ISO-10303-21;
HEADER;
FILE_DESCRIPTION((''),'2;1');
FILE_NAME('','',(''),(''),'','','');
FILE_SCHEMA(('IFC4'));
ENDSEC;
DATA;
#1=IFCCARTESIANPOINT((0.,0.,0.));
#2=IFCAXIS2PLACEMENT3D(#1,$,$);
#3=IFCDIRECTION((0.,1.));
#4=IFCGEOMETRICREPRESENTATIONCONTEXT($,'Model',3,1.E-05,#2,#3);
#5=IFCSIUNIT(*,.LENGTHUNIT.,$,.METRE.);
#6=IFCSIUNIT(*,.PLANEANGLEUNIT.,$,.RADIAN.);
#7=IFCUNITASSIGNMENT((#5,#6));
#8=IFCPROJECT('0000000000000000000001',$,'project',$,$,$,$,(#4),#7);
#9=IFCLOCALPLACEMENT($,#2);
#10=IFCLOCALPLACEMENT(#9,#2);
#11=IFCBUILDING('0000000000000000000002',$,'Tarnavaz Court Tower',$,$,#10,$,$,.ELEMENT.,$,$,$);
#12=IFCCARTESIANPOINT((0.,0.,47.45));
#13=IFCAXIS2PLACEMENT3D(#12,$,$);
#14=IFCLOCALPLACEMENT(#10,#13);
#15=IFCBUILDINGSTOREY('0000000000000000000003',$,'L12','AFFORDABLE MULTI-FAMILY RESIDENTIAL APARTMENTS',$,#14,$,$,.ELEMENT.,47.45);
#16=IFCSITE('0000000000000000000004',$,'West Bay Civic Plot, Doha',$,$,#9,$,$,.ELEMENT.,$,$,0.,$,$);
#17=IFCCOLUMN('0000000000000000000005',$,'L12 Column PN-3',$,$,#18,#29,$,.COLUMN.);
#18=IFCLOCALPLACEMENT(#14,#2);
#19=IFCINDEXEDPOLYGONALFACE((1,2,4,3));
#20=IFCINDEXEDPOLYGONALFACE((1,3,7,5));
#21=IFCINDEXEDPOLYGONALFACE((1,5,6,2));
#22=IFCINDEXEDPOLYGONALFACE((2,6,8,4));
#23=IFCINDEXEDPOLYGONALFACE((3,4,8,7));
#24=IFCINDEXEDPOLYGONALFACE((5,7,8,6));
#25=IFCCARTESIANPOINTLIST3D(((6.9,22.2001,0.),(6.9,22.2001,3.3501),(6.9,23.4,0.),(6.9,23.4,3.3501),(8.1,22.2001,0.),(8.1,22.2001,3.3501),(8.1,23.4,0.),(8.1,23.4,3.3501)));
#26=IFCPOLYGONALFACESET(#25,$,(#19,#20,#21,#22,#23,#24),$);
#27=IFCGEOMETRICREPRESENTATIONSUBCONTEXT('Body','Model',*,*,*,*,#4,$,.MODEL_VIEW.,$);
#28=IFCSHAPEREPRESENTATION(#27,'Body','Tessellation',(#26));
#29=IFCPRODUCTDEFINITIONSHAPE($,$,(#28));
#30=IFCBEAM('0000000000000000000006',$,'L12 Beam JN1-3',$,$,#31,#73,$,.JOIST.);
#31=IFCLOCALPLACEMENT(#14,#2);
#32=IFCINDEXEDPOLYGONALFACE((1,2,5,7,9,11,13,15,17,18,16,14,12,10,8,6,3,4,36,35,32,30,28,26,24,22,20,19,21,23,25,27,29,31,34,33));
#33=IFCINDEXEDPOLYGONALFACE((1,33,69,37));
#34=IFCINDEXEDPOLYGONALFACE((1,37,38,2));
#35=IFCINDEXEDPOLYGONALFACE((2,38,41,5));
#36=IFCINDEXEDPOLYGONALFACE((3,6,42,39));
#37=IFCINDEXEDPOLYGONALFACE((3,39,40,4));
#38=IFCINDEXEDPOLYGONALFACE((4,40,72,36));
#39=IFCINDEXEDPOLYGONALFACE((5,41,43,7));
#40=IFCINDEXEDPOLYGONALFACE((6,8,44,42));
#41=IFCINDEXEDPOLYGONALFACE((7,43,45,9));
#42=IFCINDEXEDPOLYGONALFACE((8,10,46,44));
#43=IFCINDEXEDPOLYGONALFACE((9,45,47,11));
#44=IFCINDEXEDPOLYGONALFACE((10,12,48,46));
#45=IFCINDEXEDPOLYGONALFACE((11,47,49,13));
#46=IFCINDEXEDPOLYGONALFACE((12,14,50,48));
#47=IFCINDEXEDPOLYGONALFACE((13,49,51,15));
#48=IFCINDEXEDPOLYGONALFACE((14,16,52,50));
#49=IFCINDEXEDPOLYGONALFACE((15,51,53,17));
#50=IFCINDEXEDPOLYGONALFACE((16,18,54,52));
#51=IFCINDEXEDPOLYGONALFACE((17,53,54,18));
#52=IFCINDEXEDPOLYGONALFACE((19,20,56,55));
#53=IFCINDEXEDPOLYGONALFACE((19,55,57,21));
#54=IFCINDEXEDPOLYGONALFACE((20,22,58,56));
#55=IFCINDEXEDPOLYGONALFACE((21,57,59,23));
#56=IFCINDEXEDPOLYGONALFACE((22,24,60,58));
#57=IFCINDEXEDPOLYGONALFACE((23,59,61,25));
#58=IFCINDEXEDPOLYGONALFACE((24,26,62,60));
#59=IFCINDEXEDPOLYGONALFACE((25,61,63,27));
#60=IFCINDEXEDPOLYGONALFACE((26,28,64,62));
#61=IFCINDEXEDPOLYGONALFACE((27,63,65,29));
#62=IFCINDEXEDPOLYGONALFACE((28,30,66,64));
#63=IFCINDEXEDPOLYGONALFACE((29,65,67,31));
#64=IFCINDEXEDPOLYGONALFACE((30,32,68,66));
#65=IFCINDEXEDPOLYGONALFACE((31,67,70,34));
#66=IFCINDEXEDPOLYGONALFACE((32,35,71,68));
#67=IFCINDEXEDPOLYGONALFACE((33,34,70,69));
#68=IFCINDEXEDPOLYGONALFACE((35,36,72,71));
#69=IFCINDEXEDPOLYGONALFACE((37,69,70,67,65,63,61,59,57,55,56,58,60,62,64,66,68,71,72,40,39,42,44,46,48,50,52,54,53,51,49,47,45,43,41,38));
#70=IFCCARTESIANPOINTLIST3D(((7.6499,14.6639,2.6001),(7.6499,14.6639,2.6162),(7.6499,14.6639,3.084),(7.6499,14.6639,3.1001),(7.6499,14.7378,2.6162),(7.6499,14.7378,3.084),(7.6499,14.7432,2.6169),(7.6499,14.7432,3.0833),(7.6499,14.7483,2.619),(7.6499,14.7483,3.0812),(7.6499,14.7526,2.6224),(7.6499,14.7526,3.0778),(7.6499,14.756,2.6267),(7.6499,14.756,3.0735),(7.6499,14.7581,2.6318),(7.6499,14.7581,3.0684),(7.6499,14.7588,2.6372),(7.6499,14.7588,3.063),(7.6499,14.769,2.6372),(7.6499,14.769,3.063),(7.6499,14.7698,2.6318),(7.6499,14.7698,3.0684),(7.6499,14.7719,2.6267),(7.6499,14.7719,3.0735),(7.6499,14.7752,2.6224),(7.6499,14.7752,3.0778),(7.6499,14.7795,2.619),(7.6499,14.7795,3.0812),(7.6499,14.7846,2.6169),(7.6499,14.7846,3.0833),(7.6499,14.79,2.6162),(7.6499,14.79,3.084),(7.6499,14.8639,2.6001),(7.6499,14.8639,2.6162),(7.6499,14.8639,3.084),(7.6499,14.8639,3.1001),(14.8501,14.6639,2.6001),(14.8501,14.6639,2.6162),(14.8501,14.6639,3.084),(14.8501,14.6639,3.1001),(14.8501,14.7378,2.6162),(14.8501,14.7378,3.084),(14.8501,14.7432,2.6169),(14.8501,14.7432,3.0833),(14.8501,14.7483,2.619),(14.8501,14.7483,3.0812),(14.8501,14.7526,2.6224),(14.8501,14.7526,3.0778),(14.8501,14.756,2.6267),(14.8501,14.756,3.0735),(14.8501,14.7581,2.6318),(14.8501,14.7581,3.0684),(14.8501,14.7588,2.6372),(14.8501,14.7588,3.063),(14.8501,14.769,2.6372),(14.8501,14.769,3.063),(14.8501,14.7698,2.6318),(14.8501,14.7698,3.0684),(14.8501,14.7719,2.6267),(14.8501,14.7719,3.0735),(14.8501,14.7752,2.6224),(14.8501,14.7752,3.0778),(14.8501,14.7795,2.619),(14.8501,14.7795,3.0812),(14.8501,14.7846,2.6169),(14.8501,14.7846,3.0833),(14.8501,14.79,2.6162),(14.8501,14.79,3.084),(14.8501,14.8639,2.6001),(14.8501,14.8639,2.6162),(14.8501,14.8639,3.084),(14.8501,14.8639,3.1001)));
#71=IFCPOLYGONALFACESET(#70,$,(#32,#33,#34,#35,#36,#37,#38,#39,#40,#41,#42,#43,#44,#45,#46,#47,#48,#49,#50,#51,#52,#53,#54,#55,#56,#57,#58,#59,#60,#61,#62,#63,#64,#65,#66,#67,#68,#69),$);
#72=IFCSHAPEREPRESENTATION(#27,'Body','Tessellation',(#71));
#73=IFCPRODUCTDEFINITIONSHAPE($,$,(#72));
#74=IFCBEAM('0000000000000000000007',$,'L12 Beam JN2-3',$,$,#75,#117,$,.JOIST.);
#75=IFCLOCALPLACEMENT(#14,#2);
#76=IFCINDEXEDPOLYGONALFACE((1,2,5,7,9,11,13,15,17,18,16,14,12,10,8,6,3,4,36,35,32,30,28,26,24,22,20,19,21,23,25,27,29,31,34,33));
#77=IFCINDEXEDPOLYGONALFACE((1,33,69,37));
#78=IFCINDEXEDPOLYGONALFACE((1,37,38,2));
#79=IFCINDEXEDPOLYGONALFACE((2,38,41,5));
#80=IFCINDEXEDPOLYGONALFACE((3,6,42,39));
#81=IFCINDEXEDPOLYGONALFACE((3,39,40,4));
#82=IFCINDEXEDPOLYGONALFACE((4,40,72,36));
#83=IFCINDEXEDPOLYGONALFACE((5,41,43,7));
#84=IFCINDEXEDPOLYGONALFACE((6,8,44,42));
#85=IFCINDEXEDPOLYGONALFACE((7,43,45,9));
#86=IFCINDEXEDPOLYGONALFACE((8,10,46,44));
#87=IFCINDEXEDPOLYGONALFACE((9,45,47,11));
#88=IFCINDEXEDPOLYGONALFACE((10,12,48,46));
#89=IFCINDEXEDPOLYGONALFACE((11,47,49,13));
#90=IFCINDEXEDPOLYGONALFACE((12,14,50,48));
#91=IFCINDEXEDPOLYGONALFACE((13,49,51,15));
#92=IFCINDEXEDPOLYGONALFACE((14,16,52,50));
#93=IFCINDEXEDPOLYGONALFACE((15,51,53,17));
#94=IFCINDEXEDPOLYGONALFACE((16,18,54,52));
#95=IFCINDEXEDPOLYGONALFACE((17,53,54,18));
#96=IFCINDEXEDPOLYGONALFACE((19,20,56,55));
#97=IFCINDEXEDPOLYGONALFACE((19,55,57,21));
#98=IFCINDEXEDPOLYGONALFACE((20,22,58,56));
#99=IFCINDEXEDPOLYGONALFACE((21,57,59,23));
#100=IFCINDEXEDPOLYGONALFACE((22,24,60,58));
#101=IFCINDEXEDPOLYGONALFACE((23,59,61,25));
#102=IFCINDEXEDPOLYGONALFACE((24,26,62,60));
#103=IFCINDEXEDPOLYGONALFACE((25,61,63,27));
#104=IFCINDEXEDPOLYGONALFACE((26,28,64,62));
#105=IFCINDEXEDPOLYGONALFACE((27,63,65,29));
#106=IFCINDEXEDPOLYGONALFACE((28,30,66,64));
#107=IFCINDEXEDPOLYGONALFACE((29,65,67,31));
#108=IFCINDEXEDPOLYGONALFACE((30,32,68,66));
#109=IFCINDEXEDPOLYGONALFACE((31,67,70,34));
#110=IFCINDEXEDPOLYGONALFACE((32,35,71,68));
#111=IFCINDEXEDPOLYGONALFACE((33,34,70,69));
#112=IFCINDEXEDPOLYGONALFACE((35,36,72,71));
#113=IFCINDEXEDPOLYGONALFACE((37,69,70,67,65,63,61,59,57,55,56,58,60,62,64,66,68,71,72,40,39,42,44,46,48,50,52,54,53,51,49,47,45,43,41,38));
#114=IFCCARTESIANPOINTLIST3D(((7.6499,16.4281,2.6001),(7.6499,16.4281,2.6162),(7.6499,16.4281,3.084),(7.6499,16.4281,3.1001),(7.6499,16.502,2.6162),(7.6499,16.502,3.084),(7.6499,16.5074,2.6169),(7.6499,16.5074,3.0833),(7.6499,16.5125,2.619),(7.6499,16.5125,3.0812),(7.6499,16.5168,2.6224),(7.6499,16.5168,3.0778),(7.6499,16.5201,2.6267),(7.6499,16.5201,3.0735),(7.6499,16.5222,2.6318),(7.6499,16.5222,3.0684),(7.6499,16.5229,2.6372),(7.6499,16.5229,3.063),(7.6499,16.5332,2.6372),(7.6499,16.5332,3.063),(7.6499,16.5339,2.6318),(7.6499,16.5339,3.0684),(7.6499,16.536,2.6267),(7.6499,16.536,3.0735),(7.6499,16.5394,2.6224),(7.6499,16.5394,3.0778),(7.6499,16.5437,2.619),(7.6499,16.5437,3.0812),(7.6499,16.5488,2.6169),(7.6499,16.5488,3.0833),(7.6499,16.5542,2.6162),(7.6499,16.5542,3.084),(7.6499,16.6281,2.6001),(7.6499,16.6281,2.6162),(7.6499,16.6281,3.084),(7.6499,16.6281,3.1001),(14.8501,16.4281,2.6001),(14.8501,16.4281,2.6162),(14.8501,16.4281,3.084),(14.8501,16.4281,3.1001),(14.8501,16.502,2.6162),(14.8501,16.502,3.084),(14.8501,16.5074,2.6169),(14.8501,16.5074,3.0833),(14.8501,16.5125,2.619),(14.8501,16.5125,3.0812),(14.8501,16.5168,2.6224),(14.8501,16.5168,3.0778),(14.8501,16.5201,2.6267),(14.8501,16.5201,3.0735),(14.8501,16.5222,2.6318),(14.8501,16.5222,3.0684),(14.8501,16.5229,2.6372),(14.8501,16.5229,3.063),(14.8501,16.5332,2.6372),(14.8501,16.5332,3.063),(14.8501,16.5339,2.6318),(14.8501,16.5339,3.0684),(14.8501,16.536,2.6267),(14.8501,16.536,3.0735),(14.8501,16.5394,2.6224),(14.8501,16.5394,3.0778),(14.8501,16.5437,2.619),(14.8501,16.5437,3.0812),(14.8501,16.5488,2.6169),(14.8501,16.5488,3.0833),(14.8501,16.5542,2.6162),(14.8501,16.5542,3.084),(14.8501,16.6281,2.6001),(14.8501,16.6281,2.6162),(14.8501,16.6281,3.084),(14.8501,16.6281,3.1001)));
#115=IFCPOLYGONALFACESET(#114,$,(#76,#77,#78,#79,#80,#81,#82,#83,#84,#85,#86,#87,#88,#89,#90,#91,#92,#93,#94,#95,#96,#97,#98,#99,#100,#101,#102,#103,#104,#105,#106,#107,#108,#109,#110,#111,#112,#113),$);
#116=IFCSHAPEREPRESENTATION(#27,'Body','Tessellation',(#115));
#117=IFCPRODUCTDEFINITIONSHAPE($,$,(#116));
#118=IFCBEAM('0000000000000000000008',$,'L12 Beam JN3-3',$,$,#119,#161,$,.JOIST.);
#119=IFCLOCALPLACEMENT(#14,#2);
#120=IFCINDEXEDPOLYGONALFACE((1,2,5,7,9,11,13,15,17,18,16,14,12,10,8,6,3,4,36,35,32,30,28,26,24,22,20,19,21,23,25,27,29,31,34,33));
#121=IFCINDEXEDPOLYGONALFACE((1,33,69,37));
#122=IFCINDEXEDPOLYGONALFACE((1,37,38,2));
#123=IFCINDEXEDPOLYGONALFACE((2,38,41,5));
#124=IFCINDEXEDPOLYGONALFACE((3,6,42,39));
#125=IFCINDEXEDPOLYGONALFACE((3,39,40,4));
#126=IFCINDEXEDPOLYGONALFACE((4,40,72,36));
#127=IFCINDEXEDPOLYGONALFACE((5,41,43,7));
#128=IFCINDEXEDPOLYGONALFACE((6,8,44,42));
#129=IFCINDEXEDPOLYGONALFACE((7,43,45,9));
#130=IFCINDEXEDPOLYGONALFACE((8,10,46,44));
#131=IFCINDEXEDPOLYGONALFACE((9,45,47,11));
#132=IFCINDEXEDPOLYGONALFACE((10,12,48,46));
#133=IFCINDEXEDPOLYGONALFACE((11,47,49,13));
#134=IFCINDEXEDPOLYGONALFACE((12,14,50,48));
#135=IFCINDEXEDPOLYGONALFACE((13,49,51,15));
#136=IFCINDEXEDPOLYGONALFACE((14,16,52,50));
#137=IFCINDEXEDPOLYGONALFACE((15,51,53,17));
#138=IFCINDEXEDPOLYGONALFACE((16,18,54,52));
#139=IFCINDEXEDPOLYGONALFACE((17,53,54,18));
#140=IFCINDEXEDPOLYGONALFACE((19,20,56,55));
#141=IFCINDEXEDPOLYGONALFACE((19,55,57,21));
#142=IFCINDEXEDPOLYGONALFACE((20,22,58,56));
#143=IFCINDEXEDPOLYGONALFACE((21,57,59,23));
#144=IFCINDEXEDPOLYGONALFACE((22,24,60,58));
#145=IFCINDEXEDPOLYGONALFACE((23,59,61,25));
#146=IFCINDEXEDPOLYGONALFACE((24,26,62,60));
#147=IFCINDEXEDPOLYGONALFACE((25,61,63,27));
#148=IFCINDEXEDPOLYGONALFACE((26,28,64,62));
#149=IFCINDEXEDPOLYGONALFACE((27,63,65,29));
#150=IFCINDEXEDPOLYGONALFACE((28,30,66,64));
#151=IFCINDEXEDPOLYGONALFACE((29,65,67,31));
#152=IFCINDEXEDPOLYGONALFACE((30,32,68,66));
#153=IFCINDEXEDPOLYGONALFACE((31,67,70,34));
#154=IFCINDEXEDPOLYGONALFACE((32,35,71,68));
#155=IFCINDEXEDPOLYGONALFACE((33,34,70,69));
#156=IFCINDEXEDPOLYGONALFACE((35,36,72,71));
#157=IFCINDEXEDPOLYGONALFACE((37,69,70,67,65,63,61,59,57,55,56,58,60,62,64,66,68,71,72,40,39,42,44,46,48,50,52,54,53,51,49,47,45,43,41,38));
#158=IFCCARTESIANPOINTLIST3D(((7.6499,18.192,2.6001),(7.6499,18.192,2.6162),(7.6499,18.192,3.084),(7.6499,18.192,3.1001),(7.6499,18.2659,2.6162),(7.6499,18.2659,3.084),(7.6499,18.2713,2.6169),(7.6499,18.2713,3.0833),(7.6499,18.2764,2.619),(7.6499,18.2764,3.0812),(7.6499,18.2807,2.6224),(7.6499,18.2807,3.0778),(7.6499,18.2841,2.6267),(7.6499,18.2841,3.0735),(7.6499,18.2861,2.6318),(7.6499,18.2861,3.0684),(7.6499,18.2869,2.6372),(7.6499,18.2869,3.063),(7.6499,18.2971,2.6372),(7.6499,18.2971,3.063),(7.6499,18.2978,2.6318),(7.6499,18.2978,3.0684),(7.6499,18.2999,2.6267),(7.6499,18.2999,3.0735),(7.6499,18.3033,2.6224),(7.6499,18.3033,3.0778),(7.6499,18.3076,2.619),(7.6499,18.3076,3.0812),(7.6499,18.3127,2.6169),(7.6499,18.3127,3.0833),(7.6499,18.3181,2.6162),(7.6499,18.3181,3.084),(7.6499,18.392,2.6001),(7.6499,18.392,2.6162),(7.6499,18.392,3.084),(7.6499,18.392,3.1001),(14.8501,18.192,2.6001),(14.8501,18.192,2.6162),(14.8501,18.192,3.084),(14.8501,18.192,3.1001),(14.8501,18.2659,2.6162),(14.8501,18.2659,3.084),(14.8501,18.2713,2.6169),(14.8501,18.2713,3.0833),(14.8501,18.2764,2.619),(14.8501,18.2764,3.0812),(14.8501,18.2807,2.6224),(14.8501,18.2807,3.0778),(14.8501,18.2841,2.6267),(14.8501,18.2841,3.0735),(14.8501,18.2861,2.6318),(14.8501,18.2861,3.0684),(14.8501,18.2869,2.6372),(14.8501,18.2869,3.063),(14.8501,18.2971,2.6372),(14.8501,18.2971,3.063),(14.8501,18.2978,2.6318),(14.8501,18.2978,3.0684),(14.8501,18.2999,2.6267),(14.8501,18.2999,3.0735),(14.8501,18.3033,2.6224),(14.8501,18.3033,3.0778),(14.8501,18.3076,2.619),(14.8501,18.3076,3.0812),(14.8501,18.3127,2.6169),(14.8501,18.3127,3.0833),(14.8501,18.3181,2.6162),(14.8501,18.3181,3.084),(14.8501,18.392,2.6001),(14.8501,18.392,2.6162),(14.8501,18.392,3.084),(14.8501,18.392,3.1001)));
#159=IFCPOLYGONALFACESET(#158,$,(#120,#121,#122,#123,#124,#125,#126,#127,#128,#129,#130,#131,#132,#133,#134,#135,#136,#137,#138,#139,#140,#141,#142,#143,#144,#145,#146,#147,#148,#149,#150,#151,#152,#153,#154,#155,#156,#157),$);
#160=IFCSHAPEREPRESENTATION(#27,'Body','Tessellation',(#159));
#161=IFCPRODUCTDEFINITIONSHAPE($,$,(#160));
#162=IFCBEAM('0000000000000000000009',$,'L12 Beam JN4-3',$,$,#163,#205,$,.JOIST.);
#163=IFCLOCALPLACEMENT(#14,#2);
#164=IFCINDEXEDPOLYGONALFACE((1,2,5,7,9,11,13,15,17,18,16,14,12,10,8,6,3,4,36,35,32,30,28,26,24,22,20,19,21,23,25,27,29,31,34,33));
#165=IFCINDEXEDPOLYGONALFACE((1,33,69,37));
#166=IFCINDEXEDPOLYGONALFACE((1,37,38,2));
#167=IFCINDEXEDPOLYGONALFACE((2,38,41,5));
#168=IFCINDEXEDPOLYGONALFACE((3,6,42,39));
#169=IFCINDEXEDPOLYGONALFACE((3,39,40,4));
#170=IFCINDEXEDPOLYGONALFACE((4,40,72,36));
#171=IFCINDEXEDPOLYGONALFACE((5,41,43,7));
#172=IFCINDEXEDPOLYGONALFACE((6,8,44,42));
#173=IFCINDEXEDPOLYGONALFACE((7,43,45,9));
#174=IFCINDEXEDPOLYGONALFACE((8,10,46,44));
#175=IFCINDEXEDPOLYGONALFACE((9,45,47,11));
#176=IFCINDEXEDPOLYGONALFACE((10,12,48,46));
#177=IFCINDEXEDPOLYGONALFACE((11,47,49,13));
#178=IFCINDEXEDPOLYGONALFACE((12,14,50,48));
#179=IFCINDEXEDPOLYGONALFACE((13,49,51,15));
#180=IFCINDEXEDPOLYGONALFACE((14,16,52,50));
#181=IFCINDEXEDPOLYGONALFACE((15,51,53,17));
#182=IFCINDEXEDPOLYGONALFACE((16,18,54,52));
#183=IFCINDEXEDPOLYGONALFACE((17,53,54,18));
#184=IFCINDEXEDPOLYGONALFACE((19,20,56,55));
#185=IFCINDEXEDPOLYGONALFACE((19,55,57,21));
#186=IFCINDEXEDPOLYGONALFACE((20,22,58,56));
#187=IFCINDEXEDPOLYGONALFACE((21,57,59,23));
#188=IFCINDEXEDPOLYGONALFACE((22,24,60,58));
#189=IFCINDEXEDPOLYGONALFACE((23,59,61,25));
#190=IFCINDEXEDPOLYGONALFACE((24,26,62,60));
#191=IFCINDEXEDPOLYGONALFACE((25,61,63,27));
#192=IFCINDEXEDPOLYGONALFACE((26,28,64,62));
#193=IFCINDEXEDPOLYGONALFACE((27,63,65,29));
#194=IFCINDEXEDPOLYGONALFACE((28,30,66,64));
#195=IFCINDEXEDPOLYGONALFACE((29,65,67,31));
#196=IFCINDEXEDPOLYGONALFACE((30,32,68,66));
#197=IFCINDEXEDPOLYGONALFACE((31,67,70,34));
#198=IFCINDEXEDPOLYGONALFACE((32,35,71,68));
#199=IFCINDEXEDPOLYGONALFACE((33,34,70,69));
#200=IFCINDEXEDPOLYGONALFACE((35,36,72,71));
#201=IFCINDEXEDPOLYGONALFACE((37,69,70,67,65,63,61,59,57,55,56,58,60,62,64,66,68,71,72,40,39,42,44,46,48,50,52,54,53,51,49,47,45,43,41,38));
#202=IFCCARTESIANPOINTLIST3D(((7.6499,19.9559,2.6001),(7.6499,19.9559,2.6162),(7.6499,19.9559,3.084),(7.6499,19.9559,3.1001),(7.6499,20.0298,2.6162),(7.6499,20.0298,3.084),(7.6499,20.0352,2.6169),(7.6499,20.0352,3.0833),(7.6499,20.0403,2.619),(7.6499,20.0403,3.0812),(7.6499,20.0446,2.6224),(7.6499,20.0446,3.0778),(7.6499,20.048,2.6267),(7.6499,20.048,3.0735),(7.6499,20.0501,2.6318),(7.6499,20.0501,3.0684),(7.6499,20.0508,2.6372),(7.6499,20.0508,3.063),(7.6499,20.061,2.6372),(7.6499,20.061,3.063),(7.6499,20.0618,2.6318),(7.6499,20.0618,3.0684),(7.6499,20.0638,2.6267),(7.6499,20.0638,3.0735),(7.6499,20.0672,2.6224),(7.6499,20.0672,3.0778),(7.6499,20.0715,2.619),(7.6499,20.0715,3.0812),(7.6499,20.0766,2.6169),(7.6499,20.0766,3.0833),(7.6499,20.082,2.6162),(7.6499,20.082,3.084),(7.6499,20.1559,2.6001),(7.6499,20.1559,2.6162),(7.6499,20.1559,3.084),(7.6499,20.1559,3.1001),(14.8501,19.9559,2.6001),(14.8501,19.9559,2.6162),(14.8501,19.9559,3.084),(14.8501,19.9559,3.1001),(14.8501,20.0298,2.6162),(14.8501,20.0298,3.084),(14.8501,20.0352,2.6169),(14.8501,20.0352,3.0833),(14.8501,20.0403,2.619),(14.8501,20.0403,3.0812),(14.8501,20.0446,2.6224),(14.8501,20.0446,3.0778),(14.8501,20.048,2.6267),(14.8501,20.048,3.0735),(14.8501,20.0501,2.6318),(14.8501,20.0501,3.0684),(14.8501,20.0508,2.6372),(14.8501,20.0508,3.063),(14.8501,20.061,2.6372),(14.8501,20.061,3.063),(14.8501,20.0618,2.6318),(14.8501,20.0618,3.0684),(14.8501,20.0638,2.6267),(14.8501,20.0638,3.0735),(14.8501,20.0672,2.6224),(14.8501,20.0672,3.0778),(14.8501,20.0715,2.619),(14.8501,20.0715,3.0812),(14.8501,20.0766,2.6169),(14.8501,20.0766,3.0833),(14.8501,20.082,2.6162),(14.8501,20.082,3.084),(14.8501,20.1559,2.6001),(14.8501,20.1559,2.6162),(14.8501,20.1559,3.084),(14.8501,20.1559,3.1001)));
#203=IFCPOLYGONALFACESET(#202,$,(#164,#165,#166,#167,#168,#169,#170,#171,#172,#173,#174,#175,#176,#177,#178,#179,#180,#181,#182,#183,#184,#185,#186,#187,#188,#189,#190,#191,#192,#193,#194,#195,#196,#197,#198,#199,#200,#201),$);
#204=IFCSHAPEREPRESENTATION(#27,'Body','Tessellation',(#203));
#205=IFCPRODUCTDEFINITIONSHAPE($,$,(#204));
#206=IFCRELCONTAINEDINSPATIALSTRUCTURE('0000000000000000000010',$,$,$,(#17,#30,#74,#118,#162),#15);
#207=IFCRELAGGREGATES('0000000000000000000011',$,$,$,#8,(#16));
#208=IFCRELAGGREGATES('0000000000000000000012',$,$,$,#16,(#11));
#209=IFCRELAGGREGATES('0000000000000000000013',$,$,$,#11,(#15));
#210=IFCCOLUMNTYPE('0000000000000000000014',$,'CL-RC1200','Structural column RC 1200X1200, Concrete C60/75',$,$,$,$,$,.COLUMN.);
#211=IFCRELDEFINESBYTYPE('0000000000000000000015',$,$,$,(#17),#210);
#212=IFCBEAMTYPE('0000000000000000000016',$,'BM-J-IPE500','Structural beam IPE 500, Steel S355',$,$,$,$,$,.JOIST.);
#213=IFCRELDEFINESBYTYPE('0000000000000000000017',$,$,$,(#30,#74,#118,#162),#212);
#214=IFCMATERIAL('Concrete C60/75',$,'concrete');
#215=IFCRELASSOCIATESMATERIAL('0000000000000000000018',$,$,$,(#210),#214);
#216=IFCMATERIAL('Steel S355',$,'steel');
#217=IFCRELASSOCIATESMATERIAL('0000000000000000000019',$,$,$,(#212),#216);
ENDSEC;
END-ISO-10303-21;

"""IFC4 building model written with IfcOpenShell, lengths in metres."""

from ifc_helpers import new_model, si_unit, direction, frame, origin, origin_2d, place, context, subcontext, project, spatial, rectangle, i_section, extrude, material, material_profile, profile_set, type_object, element, save


model = new_model("IFC4")

# Units and contexts
model_context = context("Model", 3, precision=1e-05, world=origin(), true_north=direction((0.0, 1.0)))
body_context = subcontext(model_context, "Body", "Model", "MODEL_VIEW")
ifc_project = project(units=[si_unit("LENGTHUNIT", "METRE"), si_unit("PLANEANGLEUNIT", "RADIAN")], contexts=[model_context])

# Site, building, storey
site_placement = place(None, origin())
site = spatial("IfcSite", under=ifc_project, at=site_placement, Name="West Bay Civic Plot, Doha", CompositionType="ELEMENT", RefElevation=0.0)
building_placement = place(site_placement, origin())
building = spatial("IfcBuilding", under=site, at=building_placement, Name="Tarnavaz Court Tower", CompositionType="ELEMENT")
storey_placement = place(building_placement, frame((0.0, 0.0, 47.45)))
storey = spatial("IfcBuildingStorey", under=building, at=storey_placement, Name="L12", Description="AFFORDABLE MULTI-FAMILY RESIDENTIAL APARTMENTS", CompositionType="ELEMENT", Elevation=47.45)

# Column
ifc_material_1 = material(Name="Concrete C60/75", Category="concrete")
ifc_material_profile_1 = material_profile(ifc_material_1, rectangle(XDim=1.2, YDim=1.2, at=origin_2d()), Name="RC 1200X1200")
ifc_profile_set_1 = profile_set([ifc_material_profile_1], Name="Concrete C60/75")
column_type = type_object("IfcColumnType", Name="CL-RC1200", Description="Structural column RC 1200X1200, Concrete C60/75", PredefinedType="COLUMN", material=ifc_profile_set_1)
column_placement = place(storey_placement, frame((7.5, 22.8, 0.0), z_axis=(0.0, 0.0, 1.0), x_axis=(1.0, 0.0, 0.0)))
element("IfcColumn", 1, at=column_placement, inside=storey, type_object=column_type, Name="L12 Column PN-3", PredefinedType="COLUMN", context=body_context, shape_type="SweptSolid", body=[
    extrude(rectangle(XDim=1.2, YDim=1.2, at=origin_2d()), origin(), (0.0, 0.0, 1.0), 3.3501),
])

# Beams
ifc_material_2 = material(Name="Steel S355", Category="steel")
ifc_material_profile_2 = material_profile(ifc_material_2, i_section(OverallWidth=0.2, OverallDepth=0.5, WebThickness=0.0103, FlangeThickness=0.0161, FilletRadius=0.021, at=origin_2d()), Name="IPE 500")
ifc_profile_set_2 = profile_set([ifc_material_profile_2], Name="Steel S355")
beam_type_1 = type_object("IfcBeamType", Name="BM-J-IPE500", Description="Structural beam IPE 500, Steel S355", PredefinedType="JOIST", material=ifc_profile_set_2)
for number, where, z_axis, x_axis, name in (
    (2, (7.6499, 14.7639, 2.8501), (1.0, 0.0, 0.0), (0.0, 1.0, 0.0), "L12 Beam JN1-3"),
    (3, (7.6499, 16.5281, 2.8501), (1.0, 0.0, 0.0), (0.0, 1.0, 0.0), "L12 Beam JN2-3"),
    (4, (7.6499, 18.292, 2.8501), (1.0, 0.0, 0.0), (0.0, 1.0, 0.0), "L12 Beam JN3-3"),
    (5, (7.6499, 20.0559, 2.8501), (1.0, 0.0, 0.0), (0.0, 1.0, 0.0), "L12 Beam JN4-3"),
):
    element("IfcBeam", number, at=place(storey_placement, frame(where, z_axis=z_axis, x_axis=x_axis)), inside=storey, type_object=beam_type_1, Name=name, PredefinedType="JOIST", context=body_context, shape_type="SweptSolid", body=[
        extrude(i_section(OverallWidth=0.2, OverallDepth=0.5, WebThickness=0.0103, FlangeThickness=0.0161, FilletRadius=0.021, at=origin_2d()), origin(), (0.0, 0.0, 1.0), 7.2002),
    ])

save(model, "model.ifc")
